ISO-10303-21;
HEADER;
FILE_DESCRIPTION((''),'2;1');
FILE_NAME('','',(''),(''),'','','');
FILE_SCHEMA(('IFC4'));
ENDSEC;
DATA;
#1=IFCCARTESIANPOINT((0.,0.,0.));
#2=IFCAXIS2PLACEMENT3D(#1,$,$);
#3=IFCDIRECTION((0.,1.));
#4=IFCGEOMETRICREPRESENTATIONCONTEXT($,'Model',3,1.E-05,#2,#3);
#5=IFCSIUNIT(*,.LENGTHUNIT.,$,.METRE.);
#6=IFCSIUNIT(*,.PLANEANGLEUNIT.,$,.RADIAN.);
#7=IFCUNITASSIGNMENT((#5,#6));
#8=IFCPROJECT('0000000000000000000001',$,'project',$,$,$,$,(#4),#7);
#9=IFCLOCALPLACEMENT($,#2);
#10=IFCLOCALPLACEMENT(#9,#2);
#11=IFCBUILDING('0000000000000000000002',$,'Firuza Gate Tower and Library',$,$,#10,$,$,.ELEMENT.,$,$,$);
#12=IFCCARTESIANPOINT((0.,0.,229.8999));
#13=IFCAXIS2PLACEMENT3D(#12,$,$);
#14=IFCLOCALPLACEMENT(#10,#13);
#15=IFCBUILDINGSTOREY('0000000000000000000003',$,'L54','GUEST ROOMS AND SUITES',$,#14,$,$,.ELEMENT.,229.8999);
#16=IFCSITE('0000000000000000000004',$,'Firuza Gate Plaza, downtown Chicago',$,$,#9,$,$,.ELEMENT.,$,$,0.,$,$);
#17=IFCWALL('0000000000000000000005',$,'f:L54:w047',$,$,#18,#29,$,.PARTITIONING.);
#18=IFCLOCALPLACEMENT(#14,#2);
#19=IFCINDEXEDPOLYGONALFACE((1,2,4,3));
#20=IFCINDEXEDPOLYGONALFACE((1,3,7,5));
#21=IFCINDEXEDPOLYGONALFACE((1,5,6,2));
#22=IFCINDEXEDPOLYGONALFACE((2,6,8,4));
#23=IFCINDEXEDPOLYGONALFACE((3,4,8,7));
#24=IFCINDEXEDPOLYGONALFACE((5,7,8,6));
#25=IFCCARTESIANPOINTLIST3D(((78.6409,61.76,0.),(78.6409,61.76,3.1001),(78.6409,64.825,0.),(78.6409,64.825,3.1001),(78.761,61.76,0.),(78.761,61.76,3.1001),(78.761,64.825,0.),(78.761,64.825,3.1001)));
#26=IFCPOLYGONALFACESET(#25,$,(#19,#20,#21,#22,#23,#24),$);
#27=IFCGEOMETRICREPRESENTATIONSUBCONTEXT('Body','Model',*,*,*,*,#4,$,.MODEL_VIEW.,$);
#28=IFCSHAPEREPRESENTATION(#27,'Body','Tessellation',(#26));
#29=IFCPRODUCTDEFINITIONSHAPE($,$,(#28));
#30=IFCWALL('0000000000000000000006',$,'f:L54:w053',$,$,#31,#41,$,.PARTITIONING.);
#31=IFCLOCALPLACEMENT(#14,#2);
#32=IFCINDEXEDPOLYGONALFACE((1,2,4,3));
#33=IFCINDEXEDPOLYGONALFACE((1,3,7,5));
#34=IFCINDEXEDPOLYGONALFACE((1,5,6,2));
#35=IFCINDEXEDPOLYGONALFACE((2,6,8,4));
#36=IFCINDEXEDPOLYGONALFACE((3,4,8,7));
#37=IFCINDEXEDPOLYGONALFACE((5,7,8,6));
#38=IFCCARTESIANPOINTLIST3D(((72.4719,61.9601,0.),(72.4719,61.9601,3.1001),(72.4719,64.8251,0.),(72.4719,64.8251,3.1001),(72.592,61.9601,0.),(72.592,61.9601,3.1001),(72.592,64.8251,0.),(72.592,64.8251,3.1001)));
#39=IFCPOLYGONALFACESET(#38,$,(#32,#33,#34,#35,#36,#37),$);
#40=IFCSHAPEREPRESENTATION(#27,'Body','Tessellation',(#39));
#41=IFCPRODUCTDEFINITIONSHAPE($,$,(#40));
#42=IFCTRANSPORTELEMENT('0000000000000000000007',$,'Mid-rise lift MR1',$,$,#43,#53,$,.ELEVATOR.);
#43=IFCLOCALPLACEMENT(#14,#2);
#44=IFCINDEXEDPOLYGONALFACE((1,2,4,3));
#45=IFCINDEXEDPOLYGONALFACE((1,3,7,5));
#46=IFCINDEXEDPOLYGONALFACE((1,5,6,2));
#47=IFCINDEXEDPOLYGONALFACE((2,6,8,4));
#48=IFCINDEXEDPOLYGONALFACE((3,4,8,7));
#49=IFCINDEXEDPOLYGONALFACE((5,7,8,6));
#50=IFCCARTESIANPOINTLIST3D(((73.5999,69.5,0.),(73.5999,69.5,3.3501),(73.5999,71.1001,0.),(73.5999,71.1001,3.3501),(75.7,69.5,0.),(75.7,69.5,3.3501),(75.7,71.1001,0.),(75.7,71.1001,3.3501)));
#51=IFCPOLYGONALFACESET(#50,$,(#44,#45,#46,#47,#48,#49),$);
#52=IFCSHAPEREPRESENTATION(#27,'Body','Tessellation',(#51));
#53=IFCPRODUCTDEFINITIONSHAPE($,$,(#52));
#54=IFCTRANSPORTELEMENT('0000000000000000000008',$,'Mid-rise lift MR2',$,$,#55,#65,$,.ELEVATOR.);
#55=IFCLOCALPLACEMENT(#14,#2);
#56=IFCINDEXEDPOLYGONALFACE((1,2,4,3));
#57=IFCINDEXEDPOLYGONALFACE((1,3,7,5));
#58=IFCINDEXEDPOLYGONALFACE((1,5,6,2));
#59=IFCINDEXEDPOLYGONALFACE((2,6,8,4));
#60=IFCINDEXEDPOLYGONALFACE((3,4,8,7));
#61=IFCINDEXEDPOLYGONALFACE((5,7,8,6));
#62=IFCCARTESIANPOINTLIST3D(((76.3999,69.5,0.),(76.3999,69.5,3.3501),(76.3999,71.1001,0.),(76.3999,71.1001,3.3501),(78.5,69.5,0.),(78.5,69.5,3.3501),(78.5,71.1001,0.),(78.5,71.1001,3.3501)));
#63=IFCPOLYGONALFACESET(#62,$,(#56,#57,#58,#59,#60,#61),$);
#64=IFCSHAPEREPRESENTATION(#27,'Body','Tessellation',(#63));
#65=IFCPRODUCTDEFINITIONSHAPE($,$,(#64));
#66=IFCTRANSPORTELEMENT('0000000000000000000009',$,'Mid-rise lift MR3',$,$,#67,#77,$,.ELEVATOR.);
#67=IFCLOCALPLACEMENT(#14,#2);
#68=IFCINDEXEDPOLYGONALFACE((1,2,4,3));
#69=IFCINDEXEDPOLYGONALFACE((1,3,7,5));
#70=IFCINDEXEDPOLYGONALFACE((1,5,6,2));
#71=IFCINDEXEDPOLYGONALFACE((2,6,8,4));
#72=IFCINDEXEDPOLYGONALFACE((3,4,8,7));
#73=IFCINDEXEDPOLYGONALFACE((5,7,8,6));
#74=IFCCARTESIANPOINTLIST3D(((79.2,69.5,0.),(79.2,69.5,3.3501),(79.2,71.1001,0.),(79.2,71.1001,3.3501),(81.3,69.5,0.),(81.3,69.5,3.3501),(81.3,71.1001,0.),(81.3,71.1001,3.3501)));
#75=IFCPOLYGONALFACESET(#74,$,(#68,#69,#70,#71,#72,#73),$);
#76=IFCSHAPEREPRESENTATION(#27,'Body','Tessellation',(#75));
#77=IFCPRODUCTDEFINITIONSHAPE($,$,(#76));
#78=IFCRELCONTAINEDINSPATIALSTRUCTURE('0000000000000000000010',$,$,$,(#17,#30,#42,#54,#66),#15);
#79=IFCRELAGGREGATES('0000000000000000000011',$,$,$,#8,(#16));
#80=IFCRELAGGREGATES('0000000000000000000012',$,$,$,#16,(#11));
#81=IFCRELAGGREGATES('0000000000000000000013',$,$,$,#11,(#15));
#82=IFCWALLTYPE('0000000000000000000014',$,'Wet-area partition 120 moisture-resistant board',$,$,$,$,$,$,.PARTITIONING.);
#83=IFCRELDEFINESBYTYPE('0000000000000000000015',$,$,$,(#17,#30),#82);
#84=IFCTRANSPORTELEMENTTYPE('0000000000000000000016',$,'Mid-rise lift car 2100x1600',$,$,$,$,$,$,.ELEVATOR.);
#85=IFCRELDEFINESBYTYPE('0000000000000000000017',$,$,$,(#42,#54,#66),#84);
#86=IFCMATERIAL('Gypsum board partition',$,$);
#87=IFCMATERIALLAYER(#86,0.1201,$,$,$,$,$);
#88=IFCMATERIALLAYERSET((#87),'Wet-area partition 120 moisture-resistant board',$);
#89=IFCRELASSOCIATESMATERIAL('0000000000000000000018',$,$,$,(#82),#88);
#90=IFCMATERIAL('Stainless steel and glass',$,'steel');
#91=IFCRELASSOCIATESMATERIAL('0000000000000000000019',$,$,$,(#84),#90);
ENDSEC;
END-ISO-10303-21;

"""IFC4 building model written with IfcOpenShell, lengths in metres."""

from ifc_helpers import new_model, si_unit, direction, frame, frame_2d, origin, origin_2d, place, context, subcontext, project, spatial, rectangle, extrude, material, layer, layer_set, type_object, element, save


model = new_model("IFC4")

# Units and contexts
model_context = context("Model", 3, precision=1e-05, world=origin(), true_north=direction((0.0, 1.0)))
body_context = subcontext(model_context, "Body", "Model", "MODEL_VIEW")
ifc_project = project(units=[si_unit("LENGTHUNIT", "METRE"), si_unit("PLANEANGLEUNIT", "RADIAN")], contexts=[model_context])

# Site, building, storey
site_placement = place(None, origin())
site = spatial("IfcSite", under=ifc_project, at=site_placement, Name="Firuza Gate Plaza, downtown Chicago", CompositionType="ELEMENT", RefElevation=0.0)
building_placement = place(site_placement, origin())
building = spatial("IfcBuilding", under=site, at=building_placement, Name="Firuza Gate Tower and Library", CompositionType="ELEMENT")
storey_placement = place(building_placement, frame((0.0, 0.0, 229.8999)))
storey = spatial("IfcBuildingStorey", under=building, at=storey_placement, Name="L54", Description="GUEST ROOMS AND SUITES", CompositionType="ELEMENT", Elevation=229.8999)

# Shared definitions
ifc_material_1 = material(Name="Gypsum board partition")
ifc_layer_1 = layer(ifc_material_1, 0.1201)
ifc_layer_set_1 = layer_set([ifc_layer_1], Name="Wet-area partition 120 moisture-resistant board")
wall_type_1 = type_object("IfcWallType", Name="Wet-area partition 120 moisture-resistant board", PredefinedType="PARTITIONING", material=ifc_layer_set_1)

# Walls
wall_1_placement = place(storey_placement, frame((78.7009, 61.76, 0.0), z_axis=(0.0, 0.0, 1.0), x_axis=(0.0, 1.0, 0.0)))
element("IfcWall", 1, at=wall_1_placement, inside=storey, type_object=wall_type_1, Name="f:L54:w047", PredefinedType="PARTITIONING", context=body_context, shape_type="SweptSolid", body=[
    extrude(rectangle(XDim=3.0649, YDim=0.1201, at=frame_2d((1.5325, 0.0))), origin(), (0.0, 0.0, 1.0), 3.1001),
])
wall_2_placement = place(storey_placement, frame((72.532, 61.96, 0.0), z_axis=(0.0, 0.0, 1.0), x_axis=(0.0, 1.0, 0.0)))
element("IfcWall", 2, at=wall_2_placement, inside=storey, type_object=wall_type_1, Name="f:L54:w053", PredefinedType="PARTITIONING", context=body_context, shape_type="SweptSolid", body=[
    extrude(rectangle(XDim=2.865, YDim=0.1201, at=frame_2d((1.4326, 0.0))), origin(), (0.0, 0.0, 1.0), 3.1001),
])

# Transport elements
ifc_material_2 = material(Name="Stainless steel and glass", Category="steel")
transport_element_type = type_object("IfcTransportElementType", Name="Mid-rise lift car 2100x1600", PredefinedType="ELEVATOR", material=ifc_material_2)
for number, where, z_axis, x_axis, name in (
    (3, (74.6499, 70.3, 0.0), (0.0, 0.0, 1.0), (1.0, 0.0, 0.0), "Mid-rise lift MR1"),
    (4, (77.45, 70.3, 0.0), (0.0, 0.0, 1.0), (1.0, 0.0, 0.0), "Mid-rise lift MR2"),
    (5, (80.25, 70.3, 0.0), (0.0, 0.0, 1.0), (1.0, 0.0, 0.0), "Mid-rise lift MR3"),
):
    element("IfcTransportElement", number, at=place(storey_placement, frame(where, z_axis=z_axis, x_axis=x_axis)), inside=storey, type_object=transport_element_type, Name=name, PredefinedType="ELEVATOR", context=body_context, shape_type="SweptSolid", body=[
        extrude(rectangle(XDim=2.1001, YDim=1.6001, at=origin_2d()), origin(), (0.0, 0.0, 1.0), 3.3501),
    ])

save(model, "model.ifc")
